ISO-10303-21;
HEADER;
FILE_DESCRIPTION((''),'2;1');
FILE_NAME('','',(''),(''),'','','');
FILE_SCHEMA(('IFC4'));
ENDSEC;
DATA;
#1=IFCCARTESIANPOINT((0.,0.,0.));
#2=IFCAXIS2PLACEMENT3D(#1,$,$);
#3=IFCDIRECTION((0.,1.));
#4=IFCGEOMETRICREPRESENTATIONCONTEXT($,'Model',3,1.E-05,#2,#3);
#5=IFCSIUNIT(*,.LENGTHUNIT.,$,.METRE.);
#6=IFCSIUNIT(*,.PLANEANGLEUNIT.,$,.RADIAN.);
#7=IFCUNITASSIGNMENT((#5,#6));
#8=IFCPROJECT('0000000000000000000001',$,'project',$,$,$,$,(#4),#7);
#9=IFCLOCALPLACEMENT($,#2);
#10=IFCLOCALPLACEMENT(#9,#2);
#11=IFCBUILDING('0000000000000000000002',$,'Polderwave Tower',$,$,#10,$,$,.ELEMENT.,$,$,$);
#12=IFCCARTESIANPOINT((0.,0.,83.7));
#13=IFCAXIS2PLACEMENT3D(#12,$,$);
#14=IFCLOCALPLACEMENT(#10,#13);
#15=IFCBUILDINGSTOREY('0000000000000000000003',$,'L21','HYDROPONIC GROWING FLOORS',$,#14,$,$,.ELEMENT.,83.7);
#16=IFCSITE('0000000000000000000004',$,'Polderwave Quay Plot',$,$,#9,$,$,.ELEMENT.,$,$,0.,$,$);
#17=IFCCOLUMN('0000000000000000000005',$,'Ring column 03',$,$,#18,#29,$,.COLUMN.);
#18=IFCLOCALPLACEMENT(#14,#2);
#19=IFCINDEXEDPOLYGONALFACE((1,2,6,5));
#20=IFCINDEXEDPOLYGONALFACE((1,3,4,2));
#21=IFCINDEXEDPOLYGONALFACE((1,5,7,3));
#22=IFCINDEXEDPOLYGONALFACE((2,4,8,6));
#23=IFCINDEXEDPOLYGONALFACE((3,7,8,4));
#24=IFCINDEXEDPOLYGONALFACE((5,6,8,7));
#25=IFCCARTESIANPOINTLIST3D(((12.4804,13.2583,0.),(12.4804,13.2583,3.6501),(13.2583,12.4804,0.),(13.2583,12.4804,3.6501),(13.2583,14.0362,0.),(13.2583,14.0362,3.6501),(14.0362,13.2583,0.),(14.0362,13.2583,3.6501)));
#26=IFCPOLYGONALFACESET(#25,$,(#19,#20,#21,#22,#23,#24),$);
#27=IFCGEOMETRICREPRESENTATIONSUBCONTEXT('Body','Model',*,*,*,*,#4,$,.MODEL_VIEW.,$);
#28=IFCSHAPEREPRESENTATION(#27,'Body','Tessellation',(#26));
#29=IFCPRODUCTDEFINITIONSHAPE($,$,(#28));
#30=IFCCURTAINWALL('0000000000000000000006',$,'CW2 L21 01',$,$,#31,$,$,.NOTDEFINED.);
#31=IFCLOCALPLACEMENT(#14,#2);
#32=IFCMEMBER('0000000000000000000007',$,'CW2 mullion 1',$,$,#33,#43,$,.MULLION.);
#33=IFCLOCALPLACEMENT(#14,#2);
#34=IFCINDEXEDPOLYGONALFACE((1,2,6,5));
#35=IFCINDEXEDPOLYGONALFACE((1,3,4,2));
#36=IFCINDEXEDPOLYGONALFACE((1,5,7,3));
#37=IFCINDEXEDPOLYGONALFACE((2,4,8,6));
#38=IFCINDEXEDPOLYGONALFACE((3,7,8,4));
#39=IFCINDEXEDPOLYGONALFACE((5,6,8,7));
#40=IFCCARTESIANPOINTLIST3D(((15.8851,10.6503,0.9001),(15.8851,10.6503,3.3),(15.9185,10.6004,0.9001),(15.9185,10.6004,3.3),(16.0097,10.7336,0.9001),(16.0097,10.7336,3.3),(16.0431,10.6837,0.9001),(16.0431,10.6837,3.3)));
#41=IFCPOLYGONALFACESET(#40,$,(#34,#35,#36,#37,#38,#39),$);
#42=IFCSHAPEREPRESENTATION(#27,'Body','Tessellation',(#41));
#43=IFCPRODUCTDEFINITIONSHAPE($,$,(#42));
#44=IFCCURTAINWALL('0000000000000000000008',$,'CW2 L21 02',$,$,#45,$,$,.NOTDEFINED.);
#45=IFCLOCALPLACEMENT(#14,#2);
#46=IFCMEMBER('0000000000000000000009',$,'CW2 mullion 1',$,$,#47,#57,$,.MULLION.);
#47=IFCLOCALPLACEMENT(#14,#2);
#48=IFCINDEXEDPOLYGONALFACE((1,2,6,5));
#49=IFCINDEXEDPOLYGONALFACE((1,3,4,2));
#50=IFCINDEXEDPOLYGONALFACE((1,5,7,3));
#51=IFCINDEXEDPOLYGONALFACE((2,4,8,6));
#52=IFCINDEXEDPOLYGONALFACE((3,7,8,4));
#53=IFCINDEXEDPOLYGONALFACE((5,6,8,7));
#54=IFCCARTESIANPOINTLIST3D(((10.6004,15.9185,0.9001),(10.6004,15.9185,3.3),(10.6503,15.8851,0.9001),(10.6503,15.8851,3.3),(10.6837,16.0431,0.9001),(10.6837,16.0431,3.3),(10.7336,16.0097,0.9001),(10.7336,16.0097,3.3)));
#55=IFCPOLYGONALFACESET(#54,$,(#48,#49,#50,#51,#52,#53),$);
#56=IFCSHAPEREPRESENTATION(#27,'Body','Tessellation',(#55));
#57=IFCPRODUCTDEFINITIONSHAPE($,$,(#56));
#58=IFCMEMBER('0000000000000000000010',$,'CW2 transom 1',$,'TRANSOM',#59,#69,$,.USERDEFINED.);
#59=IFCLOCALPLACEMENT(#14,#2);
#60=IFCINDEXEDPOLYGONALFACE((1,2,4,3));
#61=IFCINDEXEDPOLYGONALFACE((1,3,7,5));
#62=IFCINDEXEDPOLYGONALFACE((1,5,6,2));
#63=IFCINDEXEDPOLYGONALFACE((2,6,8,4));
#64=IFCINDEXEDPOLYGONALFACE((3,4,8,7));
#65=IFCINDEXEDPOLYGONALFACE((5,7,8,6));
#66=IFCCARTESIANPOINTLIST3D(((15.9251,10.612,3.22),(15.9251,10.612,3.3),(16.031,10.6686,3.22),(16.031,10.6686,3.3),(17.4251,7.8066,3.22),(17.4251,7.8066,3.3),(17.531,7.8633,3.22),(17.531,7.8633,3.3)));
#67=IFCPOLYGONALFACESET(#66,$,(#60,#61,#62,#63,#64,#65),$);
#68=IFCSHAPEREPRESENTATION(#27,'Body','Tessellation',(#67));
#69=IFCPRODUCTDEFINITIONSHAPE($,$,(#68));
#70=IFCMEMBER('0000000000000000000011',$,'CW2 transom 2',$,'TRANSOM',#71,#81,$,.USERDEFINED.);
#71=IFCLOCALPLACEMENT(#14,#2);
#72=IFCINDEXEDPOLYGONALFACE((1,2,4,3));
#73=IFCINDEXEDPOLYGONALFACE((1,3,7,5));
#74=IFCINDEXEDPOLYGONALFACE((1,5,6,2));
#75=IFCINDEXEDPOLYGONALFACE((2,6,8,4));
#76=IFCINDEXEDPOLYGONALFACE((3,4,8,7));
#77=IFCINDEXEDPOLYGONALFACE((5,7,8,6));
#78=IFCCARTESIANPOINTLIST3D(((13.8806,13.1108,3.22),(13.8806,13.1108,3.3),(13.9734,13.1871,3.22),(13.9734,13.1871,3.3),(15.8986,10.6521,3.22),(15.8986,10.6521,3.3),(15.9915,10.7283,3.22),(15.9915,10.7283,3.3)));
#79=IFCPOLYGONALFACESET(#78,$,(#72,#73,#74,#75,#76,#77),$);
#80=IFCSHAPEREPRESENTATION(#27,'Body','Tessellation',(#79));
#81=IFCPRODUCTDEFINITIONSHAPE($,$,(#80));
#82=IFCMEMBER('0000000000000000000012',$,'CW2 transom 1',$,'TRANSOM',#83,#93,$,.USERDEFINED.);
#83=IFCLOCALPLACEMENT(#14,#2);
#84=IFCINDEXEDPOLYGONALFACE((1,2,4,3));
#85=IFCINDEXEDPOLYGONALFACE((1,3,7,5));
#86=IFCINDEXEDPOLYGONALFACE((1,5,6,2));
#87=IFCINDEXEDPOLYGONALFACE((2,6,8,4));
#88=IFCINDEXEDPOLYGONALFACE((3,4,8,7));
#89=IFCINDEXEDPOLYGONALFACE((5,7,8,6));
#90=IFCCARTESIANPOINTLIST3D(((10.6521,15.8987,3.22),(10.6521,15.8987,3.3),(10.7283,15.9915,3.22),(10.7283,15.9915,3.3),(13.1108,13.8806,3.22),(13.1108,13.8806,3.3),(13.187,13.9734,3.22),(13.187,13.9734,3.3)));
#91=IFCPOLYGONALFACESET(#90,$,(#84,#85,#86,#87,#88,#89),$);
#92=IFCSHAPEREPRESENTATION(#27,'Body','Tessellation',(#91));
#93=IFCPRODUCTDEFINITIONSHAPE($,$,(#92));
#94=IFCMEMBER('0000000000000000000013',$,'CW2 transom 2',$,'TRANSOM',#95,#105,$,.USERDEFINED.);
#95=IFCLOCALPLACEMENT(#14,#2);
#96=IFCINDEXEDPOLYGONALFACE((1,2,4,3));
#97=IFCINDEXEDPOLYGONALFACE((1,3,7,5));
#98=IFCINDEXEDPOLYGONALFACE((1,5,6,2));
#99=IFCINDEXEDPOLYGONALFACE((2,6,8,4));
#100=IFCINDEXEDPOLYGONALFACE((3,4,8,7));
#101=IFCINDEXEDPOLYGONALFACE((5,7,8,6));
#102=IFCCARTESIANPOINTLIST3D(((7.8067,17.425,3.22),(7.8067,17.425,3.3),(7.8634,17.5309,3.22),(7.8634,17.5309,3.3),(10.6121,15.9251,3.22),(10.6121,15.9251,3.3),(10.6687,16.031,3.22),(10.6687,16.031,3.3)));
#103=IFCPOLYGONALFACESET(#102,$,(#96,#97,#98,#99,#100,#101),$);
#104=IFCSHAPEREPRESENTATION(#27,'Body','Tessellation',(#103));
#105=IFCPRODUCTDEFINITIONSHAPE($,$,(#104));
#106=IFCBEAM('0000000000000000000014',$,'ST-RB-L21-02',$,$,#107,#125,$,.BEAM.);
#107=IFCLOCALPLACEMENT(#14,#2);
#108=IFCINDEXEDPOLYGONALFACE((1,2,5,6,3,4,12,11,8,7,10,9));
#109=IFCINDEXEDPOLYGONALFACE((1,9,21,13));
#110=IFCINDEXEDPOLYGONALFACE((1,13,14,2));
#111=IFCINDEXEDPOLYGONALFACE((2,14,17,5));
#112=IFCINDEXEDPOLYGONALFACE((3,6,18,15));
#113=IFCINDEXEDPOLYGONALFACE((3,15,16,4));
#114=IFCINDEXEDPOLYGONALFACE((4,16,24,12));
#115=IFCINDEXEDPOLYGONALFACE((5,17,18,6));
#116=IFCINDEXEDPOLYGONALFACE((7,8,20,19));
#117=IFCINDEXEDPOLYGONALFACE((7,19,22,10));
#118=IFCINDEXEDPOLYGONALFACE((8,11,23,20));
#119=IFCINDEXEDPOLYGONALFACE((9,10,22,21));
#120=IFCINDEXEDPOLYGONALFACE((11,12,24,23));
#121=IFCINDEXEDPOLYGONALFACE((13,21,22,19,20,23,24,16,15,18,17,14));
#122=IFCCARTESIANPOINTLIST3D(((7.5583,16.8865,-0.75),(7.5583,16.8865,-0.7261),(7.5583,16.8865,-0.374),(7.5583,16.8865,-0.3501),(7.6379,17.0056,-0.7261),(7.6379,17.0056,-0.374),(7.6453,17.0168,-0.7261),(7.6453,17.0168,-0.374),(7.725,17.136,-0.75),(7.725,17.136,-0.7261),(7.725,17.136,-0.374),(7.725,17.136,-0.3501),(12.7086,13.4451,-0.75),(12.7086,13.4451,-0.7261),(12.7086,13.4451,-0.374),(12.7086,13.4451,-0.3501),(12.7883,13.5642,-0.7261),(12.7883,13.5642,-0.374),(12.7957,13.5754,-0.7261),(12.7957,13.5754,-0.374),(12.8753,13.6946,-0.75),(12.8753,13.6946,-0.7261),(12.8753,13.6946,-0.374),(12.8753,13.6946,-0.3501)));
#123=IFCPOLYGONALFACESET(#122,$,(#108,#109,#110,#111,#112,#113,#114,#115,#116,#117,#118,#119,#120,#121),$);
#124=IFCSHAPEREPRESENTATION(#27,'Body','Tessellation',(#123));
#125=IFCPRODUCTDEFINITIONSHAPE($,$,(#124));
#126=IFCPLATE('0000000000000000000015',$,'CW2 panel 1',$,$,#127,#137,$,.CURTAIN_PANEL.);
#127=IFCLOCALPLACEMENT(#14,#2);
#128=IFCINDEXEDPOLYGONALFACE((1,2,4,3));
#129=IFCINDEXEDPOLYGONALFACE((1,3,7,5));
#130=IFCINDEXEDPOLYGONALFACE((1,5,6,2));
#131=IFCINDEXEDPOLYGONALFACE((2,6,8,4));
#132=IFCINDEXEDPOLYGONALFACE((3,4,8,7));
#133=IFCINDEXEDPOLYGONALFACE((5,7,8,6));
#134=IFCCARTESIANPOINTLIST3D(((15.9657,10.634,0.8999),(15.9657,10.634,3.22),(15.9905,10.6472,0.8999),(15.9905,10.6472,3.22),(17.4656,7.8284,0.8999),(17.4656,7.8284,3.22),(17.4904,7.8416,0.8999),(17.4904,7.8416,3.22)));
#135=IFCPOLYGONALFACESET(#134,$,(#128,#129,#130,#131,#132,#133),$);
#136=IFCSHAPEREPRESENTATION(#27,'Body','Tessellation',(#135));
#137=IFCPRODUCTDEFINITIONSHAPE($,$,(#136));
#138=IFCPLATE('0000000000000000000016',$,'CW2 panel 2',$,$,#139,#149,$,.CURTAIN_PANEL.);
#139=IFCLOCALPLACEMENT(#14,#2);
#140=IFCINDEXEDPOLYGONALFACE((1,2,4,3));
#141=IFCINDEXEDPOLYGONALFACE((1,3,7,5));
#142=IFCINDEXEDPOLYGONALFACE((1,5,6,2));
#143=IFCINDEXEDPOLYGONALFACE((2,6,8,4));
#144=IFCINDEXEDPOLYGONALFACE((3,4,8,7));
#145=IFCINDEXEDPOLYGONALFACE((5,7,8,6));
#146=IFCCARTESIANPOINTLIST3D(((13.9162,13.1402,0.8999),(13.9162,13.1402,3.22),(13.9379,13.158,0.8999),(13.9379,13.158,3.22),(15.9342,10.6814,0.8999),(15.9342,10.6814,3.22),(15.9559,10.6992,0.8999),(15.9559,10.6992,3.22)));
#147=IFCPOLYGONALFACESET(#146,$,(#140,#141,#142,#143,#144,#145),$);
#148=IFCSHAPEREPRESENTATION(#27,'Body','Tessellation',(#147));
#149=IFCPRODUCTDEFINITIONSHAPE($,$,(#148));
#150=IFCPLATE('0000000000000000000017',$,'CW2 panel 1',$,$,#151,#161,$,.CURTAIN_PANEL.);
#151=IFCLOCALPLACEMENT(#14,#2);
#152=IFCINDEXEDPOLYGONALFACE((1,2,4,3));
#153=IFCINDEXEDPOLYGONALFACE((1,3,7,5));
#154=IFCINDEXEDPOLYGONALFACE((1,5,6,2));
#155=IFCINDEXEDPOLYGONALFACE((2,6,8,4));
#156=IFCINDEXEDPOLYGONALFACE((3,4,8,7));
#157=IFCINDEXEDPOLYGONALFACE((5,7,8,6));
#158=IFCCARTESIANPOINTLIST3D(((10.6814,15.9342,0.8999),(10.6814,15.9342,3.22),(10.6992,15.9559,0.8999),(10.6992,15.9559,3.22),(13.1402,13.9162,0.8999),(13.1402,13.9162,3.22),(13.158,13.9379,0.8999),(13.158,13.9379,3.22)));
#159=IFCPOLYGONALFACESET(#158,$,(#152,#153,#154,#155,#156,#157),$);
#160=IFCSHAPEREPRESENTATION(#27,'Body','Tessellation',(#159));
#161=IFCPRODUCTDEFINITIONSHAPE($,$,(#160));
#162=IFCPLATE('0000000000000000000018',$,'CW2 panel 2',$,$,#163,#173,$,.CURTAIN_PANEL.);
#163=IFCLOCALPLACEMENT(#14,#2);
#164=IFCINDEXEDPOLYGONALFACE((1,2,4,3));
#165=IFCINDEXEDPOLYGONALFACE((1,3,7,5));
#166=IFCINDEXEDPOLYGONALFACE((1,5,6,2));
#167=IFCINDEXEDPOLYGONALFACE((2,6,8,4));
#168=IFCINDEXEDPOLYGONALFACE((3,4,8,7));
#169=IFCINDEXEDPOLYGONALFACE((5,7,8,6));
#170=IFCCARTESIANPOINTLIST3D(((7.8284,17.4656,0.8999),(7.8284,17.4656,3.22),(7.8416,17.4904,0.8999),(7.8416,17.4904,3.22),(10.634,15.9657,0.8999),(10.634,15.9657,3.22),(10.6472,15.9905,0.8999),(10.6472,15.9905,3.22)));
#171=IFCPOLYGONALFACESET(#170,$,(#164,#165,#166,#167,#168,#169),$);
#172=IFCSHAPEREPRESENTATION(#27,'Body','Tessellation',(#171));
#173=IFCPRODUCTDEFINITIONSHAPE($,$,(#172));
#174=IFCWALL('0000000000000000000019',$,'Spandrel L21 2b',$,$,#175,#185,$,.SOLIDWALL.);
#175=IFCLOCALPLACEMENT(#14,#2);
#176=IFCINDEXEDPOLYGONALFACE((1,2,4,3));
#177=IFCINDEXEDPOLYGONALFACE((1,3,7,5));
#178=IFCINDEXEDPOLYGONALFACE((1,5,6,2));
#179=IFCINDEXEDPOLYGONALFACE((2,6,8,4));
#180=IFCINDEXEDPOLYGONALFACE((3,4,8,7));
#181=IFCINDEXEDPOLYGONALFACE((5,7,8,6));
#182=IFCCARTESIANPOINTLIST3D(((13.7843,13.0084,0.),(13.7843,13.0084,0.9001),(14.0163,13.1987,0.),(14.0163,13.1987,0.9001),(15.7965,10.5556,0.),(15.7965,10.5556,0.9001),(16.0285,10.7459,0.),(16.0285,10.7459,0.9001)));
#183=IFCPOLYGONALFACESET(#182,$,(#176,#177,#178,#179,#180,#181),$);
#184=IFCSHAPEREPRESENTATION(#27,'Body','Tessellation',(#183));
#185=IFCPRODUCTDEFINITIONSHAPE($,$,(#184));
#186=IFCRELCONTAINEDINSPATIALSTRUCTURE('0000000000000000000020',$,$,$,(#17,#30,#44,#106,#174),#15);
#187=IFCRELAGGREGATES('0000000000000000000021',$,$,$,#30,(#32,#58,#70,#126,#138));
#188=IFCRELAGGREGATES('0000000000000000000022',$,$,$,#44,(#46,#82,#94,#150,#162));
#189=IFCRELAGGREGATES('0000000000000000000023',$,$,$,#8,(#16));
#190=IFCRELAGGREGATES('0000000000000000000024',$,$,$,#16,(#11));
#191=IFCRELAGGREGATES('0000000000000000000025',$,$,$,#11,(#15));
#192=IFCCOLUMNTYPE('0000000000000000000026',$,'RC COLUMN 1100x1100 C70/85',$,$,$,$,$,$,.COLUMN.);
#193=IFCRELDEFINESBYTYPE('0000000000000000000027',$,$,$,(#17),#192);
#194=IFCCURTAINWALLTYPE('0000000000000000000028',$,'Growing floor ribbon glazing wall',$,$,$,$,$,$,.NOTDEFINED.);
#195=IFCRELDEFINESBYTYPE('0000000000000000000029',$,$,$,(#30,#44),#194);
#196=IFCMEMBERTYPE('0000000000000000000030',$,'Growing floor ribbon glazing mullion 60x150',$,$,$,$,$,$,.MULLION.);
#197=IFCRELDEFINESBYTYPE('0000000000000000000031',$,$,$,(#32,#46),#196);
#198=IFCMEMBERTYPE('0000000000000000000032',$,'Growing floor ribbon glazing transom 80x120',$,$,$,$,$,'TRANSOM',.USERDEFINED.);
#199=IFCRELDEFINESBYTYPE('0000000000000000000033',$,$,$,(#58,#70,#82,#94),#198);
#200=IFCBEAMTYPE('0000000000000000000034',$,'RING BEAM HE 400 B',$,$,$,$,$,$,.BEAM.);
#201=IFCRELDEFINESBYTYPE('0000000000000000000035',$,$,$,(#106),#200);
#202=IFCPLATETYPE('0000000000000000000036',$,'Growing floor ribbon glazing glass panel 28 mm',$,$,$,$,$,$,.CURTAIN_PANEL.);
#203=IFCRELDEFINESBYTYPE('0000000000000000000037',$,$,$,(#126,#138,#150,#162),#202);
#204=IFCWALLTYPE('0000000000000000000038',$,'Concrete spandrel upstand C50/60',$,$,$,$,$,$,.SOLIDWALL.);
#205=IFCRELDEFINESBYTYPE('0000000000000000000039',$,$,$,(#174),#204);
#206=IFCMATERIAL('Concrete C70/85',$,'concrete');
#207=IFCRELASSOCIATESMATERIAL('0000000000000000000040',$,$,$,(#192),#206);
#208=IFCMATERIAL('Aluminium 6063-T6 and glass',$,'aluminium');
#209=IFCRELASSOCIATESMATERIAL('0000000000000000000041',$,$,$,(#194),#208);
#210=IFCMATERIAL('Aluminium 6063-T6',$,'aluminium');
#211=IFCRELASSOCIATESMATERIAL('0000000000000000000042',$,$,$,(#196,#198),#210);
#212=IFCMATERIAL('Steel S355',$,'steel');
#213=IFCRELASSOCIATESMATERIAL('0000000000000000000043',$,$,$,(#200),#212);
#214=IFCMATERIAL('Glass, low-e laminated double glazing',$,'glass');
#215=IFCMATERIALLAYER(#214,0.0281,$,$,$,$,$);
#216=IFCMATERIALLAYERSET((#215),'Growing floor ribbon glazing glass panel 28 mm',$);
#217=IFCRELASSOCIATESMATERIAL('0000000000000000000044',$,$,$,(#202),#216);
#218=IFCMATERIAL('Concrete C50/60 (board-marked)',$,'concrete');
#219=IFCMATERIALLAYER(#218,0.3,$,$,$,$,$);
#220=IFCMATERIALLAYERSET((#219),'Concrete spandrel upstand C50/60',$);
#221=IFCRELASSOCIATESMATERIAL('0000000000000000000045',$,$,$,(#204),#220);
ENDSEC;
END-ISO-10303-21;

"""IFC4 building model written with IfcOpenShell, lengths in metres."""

from ifc_helpers import new_model, si_unit, direction, frame, frame_2d, origin, origin_2d, place, context, subcontext, project, spatial, rectangle, i_section, extrude, material, layer, layer_set, material_profile, profile_set, type_object, element, aggregate, save


model = new_model("IFC4")

# Units and contexts
model_context = context("Model", 3, precision=1e-05, world=origin(), true_north=direction((0.0, 1.0)))
body_context = subcontext(model_context, "Body", "Model", "MODEL_VIEW")
ifc_project = project(units=[si_unit("LENGTHUNIT", "METRE"), si_unit("PLANEANGLEUNIT", "RADIAN")], contexts=[model_context])

# Site, building, storey
site_placement = place(None, origin())
site = spatial("IfcSite", under=ifc_project, at=site_placement, Name="Polderwave Quay Plot", CompositionType="ELEMENT", RefElevation=0.0)
building_placement = place(site_placement, origin())
building = spatial("IfcBuilding", under=site, at=building_placement, Name="Polderwave Tower", CompositionType="ELEMENT")
storey_placement = place(building_placement, frame((0.0, 0.0, 83.7)))
storey = spatial("IfcBuildingStorey", under=building, at=storey_placement, Name="L21", Description="HYDROPONIC GROWING FLOORS", CompositionType="ELEMENT", Elevation=83.7)

# Column
ifc_material_1 = material(Name="Concrete C70/85", Category="concrete")
ifc_material_profile_1 = material_profile(ifc_material_1, rectangle(XDim=1.1001, YDim=1.1001, at=origin_2d()), Name="RC 1100x1100")
ifc_profile_set_1 = profile_set([ifc_material_profile_1], Name="Concrete C70/85")
column_type = type_object("IfcColumnType", Name="RC COLUMN 1100x1100 C70/85", PredefinedType="COLUMN", material=ifc_profile_set_1)
column_placement = place(storey_placement, frame((13.2583, 13.2583, 0.0), z_axis=(0.0, 0.0, 1.0), x_axis=(0.707107, 0.707107, 0.0)))
element("IfcColumn", 1, at=column_placement, inside=storey, type_object=column_type, Name="Ring column 03", PredefinedType="COLUMN", context=body_context, shape_type="SweptSolid", body=[
    extrude(rectangle(XDim=1.1001, YDim=1.1001, at=origin_2d()), origin(), (0.0, 0.0, 1.0), 3.6501),
])

# Curtain walls, members
ifc_material_2 = material(Name="Aluminium 6063-T6 and glass", Category="aluminium")
curtain_wall_type = type_object("IfcCurtainWallType", Name="Growing floor ribbon glazing wall", PredefinedType="NOTDEFINED", material=ifc_material_2)
curtain_wall_1_placement = place(storey_placement, origin())
curtain_wall_1 = element("IfcCurtainWall", 2, at=curtain_wall_1_placement, inside=storey, type_object=curtain_wall_type, Name="CW2 L21 01", PredefinedType="NOTDEFINED")
ifc_material_3 = material(Name="Aluminium 6063-T6", Category="aluminium")
ifc_material_profile_2 = material_profile(ifc_material_3, rectangle(XDim=0.1499, YDim=0.0601, at=origin_2d()), Name="AL 60x150")
ifc_profile_set_2 = profile_set([ifc_material_profile_2], Name="Aluminium 6063-T6")
member_type_1 = type_object("IfcMemberType", Name="Growing floor ribbon glazing mullion 60x150", PredefinedType="MULLION", material=ifc_profile_set_2)
member_1_placement = place(storey_placement, frame((15.9641, 10.667, 0.9001), z_axis=(0.0, 0.0, 1.0), x_axis=(-0.831444, -0.555608, 0.0)))
member_1 = element("IfcMember", 3, at=member_1_placement, type_object=member_type_1, Name="CW2 mullion 1", PredefinedType="MULLION", context=body_context, shape_type="SweptSolid", body=[
    extrude(rectangle(XDim=0.1499, YDim=0.0601, at=origin_2d()), origin(), (0.0, 0.0, 1.0), 2.3999),
])
curtain_wall_2_placement = place(storey_placement, origin())
curtain_wall_2 = element("IfcCurtainWall", 4, at=curtain_wall_2_placement, inside=storey, type_object=curtain_wall_type, Name="CW2 L21 02", PredefinedType="NOTDEFINED")
member_2_placement = place(storey_placement, frame((10.667, 15.9641, 0.9001), z_axis=(0.0, 0.0, 1.0), x_axis=(-0.555608, -0.831444, 0.0)))
member_2 = element("IfcMember", 5, at=member_2_placement, type_object=member_type_1, Name="CW2 mullion 1", PredefinedType="MULLION", context=body_context, shape_type="SweptSolid", body=[
    extrude(rectangle(XDim=0.1499, YDim=0.0601, at=origin_2d()), origin(), (0.0, 0.0, 1.0), 2.3999),
])

# Members
ifc_material_profile_3 = material_profile(ifc_material_3, rectangle(XDim=0.1201, YDim=0.0801, at=origin_2d()), Name="AL 80x120")
ifc_profile_set_3 = profile_set([ifc_material_profile_3], Name="Aluminium 6063-T6")
member_type_2 = type_object("IfcMemberType", Name="Growing floor ribbon glazing transom 80x120", ElementType="TRANSOM", PredefinedType="USERDEFINED", material=ifc_profile_set_3)
member_3_placement = place(storey_placement, frame((17.478, 7.835, 3.26), z_axis=(-0.471512, 0.88186, 0.0), x_axis=(-0.88186, -0.471512, 0.0)))
member_3 = element("IfcMember", 6, at=member_3_placement, type_object=member_type_2, Name="CW2 transom 1", ObjectType="TRANSOM", PredefinedType="USERDEFINED", context=body_context, shape_type="SweptSolid", body=[
    extrude(rectangle(XDim=0.1201, YDim=0.0801, at=origin_2d()), origin(), (0.0, 0.0, 1.0), 3.1812),
])
member_4_placement = place(storey_placement, frame((15.9451, 10.6902, 3.26), z_axis=(-0.634437, 0.772975, 0.0), x_axis=(-0.772975, -0.634437, 0.0)))
member_4 = element("IfcMember", 7, at=member_4_placement, type_object=member_type_2, Name="CW2 transom 2", ObjectType="TRANSOM", PredefinedType="USERDEFINED", context=body_context, shape_type="SweptSolid", body=[
    extrude(rectangle(XDim=0.1201, YDim=0.0801, at=origin_2d()), origin(), (0.0, 0.0, 1.0), 3.1809),
])
member_5_placement = place(storey_placement, frame((13.1489, 13.927, 3.26), z_axis=(-0.772975, 0.634437, 0.0), x_axis=(-0.634437, -0.772975, 0.0)))
member_5 = element("IfcMember", 8, at=member_5_placement, type_object=member_type_2, Name="CW2 transom 1", ObjectType="TRANSOM", PredefinedType="USERDEFINED", context=body_context, shape_type="SweptSolid", body=[
    extrude(rectangle(XDim=0.1201, YDim=0.0801, at=origin_2d()), origin(), (0.0, 0.0, 1.0), 3.1809),
])
member_6_placement = place(storey_placement, frame((10.6404, 15.978, 3.26), z_axis=(-0.88186, 0.471512, 0.0), x_axis=(-0.471512, -0.88186, 0.0)))
member_6 = element("IfcMember", 9, at=member_6_placement, type_object=member_type_2, Name="CW2 transom 2", ObjectType="TRANSOM", PredefinedType="USERDEFINED", context=body_context, shape_type="SweptSolid", body=[
    extrude(rectangle(XDim=0.1201, YDim=0.0801, at=origin_2d()), origin(), (0.0, 0.0, 1.0), 3.1812),
])

# Beam
ifc_material_4 = material(Name="Steel S355", Category="steel")
ifc_material_profile_4 = material_profile(ifc_material_4, i_section(OverallWidth=0.3, OverallDepth=0.3999, WebThickness=0.0134, FlangeThickness=0.0239, at=origin_2d()), Name="HE 400 B")
ifc_profile_set_4 = profile_set([ifc_material_profile_4], Name="Steel S355")
beam_type = type_object("IfcBeamType", Name="RING BEAM HE 400 B", PredefinedType="BEAM", material=ifc_profile_set_4)
beam_placement = place(storey_placement, frame((12.792, 13.5698, -0.55), z_axis=(-0.831468, 0.555573, 0.0), x_axis=(-0.555573, -0.831468, 0.0)))
element("IfcBeam", 10, at=beam_placement, inside=storey, type_object=beam_type, Name="ST-RB-L21-02", PredefinedType="BEAM", context=body_context, shape_type="SweptSolid", body=[
    extrude(i_section(OverallWidth=0.3, OverallDepth=0.3999, WebThickness=0.0134, FlangeThickness=0.0239, at=origin_2d()), origin(), (0.0, 0.0, 1.0), 6.1943),
])

# Plates
ifc_material_5 = material(Name="Glass, low-e laminated double glazing", Category="glass")
ifc_layer_1 = layer(ifc_material_5, 0.0281)
ifc_layer_set_1 = layer_set([ifc_layer_1], Name="Growing floor ribbon glazing glass panel 28 mm")
plate_type = type_object("IfcPlateType", Name="Growing floor ribbon glazing glass panel 28 mm", PredefinedType="CURTAIN_PANEL", material=ifc_layer_set_1)
plate_1_placement = place(storey_placement, frame((16.728, 9.2378, 0.8999), z_axis=(0.0, 0.0, 1.0), x_axis=(-0.471461, 0.881887, 0.0)))
plate_1 = element("IfcPlate", 11, at=plate_1_placement, type_object=plate_type, Name="CW2 panel 1", PredefinedType="CURTAIN_PANEL", context=body_context, shape_type="SweptSolid", body=[
    extrude(rectangle(XDim=3.1814, YDim=0.0281, at=origin_2d()), origin(), (0.0, 0.0, 1.0), 2.3201),
])
plate_2_placement = place(storey_placement, frame((14.936, 11.9197, 0.8999), z_axis=(0.0, 0.0, 1.0), x_axis=(-0.634407, 0.772999, 0.0)))
plate_2 = element("IfcPlate", 12, at=plate_2_placement, type_object=plate_type, Name="CW2 panel 2", PredefinedType="CURTAIN_PANEL", context=body_context, shape_type="SweptSolid", body=[
    extrude(rectangle(XDim=3.1809, YDim=0.0281, at=origin_2d()), origin(), (0.0, 0.0, 1.0), 2.3201),
])
aggregate(curtain_wall_1, [member_1, member_3, member_4, plate_1, plate_2])
plate_3_placement = place(storey_placement, frame((11.9197, 14.936, 0.8999), z_axis=(0.0, 0.0, 1.0), x_axis=(-0.772999, 0.634407, 0.0)))
plate_3 = element("IfcPlate", 13, at=plate_3_placement, type_object=plate_type, Name="CW2 panel 1", PredefinedType="CURTAIN_PANEL", context=body_context, shape_type="SweptSolid", body=[
    extrude(rectangle(XDim=3.1809, YDim=0.0281, at=origin_2d()), origin(), (0.0, 0.0, 1.0), 2.3201),
])
plate_4_placement = place(storey_placement, frame((9.2378, 16.728, 0.8999), z_axis=(0.0, 0.0, 1.0), x_axis=(-0.881887, 0.471461, 0.0)))
plate_4 = element("IfcPlate", 14, at=plate_4_placement, type_object=plate_type, Name="CW2 panel 2", PredefinedType="CURTAIN_PANEL", context=body_context, shape_type="SweptSolid", body=[
    extrude(rectangle(XDim=3.1814, YDim=0.0281, at=origin_2d()), origin(), (0.0, 0.0, 1.0), 2.3201),
])
aggregate(curtain_wall_2, [member_2, member_5, member_6, plate_3, plate_4])

# Wall
ifc_material_6 = material(Name="Concrete C50/60 (board-marked)", Category="concrete")
ifc_layer_2 = layer(ifc_material_6, 0.3)
ifc_layer_set_2 = layer_set([ifc_layer_2], Name="Concrete spandrel upstand C50/60")
wall_type_1 = type_object("IfcWallType", Name="Concrete spandrel upstand C50/60", PredefinedType="SOLIDWALL", material=ifc_layer_set_2)
for number, where, z_axis, x_axis, name in (
    (15, (15.9126, 10.6506, 0.0), (0.0, 0.0, 1.0), (-0.634239, 0.773137, 0.0), "Spandrel L21 2b"),
):
    element("IfcWall", number, at=place(storey_placement, frame(where, z_axis=z_axis, x_axis=x_axis)), inside=storey, type_object=wall_type_1, Name=name, PredefinedType="SOLIDWALL", context=body_context, shape_type="SweptSolid", body=[
        extrude(rectangle(XDim=3.1726, YDim=0.3, at=frame_2d((1.5864, 0.0))), origin(), (0.0, 0.0, 1.0), 0.9001),
    ])

save(model, "model.ifc")
